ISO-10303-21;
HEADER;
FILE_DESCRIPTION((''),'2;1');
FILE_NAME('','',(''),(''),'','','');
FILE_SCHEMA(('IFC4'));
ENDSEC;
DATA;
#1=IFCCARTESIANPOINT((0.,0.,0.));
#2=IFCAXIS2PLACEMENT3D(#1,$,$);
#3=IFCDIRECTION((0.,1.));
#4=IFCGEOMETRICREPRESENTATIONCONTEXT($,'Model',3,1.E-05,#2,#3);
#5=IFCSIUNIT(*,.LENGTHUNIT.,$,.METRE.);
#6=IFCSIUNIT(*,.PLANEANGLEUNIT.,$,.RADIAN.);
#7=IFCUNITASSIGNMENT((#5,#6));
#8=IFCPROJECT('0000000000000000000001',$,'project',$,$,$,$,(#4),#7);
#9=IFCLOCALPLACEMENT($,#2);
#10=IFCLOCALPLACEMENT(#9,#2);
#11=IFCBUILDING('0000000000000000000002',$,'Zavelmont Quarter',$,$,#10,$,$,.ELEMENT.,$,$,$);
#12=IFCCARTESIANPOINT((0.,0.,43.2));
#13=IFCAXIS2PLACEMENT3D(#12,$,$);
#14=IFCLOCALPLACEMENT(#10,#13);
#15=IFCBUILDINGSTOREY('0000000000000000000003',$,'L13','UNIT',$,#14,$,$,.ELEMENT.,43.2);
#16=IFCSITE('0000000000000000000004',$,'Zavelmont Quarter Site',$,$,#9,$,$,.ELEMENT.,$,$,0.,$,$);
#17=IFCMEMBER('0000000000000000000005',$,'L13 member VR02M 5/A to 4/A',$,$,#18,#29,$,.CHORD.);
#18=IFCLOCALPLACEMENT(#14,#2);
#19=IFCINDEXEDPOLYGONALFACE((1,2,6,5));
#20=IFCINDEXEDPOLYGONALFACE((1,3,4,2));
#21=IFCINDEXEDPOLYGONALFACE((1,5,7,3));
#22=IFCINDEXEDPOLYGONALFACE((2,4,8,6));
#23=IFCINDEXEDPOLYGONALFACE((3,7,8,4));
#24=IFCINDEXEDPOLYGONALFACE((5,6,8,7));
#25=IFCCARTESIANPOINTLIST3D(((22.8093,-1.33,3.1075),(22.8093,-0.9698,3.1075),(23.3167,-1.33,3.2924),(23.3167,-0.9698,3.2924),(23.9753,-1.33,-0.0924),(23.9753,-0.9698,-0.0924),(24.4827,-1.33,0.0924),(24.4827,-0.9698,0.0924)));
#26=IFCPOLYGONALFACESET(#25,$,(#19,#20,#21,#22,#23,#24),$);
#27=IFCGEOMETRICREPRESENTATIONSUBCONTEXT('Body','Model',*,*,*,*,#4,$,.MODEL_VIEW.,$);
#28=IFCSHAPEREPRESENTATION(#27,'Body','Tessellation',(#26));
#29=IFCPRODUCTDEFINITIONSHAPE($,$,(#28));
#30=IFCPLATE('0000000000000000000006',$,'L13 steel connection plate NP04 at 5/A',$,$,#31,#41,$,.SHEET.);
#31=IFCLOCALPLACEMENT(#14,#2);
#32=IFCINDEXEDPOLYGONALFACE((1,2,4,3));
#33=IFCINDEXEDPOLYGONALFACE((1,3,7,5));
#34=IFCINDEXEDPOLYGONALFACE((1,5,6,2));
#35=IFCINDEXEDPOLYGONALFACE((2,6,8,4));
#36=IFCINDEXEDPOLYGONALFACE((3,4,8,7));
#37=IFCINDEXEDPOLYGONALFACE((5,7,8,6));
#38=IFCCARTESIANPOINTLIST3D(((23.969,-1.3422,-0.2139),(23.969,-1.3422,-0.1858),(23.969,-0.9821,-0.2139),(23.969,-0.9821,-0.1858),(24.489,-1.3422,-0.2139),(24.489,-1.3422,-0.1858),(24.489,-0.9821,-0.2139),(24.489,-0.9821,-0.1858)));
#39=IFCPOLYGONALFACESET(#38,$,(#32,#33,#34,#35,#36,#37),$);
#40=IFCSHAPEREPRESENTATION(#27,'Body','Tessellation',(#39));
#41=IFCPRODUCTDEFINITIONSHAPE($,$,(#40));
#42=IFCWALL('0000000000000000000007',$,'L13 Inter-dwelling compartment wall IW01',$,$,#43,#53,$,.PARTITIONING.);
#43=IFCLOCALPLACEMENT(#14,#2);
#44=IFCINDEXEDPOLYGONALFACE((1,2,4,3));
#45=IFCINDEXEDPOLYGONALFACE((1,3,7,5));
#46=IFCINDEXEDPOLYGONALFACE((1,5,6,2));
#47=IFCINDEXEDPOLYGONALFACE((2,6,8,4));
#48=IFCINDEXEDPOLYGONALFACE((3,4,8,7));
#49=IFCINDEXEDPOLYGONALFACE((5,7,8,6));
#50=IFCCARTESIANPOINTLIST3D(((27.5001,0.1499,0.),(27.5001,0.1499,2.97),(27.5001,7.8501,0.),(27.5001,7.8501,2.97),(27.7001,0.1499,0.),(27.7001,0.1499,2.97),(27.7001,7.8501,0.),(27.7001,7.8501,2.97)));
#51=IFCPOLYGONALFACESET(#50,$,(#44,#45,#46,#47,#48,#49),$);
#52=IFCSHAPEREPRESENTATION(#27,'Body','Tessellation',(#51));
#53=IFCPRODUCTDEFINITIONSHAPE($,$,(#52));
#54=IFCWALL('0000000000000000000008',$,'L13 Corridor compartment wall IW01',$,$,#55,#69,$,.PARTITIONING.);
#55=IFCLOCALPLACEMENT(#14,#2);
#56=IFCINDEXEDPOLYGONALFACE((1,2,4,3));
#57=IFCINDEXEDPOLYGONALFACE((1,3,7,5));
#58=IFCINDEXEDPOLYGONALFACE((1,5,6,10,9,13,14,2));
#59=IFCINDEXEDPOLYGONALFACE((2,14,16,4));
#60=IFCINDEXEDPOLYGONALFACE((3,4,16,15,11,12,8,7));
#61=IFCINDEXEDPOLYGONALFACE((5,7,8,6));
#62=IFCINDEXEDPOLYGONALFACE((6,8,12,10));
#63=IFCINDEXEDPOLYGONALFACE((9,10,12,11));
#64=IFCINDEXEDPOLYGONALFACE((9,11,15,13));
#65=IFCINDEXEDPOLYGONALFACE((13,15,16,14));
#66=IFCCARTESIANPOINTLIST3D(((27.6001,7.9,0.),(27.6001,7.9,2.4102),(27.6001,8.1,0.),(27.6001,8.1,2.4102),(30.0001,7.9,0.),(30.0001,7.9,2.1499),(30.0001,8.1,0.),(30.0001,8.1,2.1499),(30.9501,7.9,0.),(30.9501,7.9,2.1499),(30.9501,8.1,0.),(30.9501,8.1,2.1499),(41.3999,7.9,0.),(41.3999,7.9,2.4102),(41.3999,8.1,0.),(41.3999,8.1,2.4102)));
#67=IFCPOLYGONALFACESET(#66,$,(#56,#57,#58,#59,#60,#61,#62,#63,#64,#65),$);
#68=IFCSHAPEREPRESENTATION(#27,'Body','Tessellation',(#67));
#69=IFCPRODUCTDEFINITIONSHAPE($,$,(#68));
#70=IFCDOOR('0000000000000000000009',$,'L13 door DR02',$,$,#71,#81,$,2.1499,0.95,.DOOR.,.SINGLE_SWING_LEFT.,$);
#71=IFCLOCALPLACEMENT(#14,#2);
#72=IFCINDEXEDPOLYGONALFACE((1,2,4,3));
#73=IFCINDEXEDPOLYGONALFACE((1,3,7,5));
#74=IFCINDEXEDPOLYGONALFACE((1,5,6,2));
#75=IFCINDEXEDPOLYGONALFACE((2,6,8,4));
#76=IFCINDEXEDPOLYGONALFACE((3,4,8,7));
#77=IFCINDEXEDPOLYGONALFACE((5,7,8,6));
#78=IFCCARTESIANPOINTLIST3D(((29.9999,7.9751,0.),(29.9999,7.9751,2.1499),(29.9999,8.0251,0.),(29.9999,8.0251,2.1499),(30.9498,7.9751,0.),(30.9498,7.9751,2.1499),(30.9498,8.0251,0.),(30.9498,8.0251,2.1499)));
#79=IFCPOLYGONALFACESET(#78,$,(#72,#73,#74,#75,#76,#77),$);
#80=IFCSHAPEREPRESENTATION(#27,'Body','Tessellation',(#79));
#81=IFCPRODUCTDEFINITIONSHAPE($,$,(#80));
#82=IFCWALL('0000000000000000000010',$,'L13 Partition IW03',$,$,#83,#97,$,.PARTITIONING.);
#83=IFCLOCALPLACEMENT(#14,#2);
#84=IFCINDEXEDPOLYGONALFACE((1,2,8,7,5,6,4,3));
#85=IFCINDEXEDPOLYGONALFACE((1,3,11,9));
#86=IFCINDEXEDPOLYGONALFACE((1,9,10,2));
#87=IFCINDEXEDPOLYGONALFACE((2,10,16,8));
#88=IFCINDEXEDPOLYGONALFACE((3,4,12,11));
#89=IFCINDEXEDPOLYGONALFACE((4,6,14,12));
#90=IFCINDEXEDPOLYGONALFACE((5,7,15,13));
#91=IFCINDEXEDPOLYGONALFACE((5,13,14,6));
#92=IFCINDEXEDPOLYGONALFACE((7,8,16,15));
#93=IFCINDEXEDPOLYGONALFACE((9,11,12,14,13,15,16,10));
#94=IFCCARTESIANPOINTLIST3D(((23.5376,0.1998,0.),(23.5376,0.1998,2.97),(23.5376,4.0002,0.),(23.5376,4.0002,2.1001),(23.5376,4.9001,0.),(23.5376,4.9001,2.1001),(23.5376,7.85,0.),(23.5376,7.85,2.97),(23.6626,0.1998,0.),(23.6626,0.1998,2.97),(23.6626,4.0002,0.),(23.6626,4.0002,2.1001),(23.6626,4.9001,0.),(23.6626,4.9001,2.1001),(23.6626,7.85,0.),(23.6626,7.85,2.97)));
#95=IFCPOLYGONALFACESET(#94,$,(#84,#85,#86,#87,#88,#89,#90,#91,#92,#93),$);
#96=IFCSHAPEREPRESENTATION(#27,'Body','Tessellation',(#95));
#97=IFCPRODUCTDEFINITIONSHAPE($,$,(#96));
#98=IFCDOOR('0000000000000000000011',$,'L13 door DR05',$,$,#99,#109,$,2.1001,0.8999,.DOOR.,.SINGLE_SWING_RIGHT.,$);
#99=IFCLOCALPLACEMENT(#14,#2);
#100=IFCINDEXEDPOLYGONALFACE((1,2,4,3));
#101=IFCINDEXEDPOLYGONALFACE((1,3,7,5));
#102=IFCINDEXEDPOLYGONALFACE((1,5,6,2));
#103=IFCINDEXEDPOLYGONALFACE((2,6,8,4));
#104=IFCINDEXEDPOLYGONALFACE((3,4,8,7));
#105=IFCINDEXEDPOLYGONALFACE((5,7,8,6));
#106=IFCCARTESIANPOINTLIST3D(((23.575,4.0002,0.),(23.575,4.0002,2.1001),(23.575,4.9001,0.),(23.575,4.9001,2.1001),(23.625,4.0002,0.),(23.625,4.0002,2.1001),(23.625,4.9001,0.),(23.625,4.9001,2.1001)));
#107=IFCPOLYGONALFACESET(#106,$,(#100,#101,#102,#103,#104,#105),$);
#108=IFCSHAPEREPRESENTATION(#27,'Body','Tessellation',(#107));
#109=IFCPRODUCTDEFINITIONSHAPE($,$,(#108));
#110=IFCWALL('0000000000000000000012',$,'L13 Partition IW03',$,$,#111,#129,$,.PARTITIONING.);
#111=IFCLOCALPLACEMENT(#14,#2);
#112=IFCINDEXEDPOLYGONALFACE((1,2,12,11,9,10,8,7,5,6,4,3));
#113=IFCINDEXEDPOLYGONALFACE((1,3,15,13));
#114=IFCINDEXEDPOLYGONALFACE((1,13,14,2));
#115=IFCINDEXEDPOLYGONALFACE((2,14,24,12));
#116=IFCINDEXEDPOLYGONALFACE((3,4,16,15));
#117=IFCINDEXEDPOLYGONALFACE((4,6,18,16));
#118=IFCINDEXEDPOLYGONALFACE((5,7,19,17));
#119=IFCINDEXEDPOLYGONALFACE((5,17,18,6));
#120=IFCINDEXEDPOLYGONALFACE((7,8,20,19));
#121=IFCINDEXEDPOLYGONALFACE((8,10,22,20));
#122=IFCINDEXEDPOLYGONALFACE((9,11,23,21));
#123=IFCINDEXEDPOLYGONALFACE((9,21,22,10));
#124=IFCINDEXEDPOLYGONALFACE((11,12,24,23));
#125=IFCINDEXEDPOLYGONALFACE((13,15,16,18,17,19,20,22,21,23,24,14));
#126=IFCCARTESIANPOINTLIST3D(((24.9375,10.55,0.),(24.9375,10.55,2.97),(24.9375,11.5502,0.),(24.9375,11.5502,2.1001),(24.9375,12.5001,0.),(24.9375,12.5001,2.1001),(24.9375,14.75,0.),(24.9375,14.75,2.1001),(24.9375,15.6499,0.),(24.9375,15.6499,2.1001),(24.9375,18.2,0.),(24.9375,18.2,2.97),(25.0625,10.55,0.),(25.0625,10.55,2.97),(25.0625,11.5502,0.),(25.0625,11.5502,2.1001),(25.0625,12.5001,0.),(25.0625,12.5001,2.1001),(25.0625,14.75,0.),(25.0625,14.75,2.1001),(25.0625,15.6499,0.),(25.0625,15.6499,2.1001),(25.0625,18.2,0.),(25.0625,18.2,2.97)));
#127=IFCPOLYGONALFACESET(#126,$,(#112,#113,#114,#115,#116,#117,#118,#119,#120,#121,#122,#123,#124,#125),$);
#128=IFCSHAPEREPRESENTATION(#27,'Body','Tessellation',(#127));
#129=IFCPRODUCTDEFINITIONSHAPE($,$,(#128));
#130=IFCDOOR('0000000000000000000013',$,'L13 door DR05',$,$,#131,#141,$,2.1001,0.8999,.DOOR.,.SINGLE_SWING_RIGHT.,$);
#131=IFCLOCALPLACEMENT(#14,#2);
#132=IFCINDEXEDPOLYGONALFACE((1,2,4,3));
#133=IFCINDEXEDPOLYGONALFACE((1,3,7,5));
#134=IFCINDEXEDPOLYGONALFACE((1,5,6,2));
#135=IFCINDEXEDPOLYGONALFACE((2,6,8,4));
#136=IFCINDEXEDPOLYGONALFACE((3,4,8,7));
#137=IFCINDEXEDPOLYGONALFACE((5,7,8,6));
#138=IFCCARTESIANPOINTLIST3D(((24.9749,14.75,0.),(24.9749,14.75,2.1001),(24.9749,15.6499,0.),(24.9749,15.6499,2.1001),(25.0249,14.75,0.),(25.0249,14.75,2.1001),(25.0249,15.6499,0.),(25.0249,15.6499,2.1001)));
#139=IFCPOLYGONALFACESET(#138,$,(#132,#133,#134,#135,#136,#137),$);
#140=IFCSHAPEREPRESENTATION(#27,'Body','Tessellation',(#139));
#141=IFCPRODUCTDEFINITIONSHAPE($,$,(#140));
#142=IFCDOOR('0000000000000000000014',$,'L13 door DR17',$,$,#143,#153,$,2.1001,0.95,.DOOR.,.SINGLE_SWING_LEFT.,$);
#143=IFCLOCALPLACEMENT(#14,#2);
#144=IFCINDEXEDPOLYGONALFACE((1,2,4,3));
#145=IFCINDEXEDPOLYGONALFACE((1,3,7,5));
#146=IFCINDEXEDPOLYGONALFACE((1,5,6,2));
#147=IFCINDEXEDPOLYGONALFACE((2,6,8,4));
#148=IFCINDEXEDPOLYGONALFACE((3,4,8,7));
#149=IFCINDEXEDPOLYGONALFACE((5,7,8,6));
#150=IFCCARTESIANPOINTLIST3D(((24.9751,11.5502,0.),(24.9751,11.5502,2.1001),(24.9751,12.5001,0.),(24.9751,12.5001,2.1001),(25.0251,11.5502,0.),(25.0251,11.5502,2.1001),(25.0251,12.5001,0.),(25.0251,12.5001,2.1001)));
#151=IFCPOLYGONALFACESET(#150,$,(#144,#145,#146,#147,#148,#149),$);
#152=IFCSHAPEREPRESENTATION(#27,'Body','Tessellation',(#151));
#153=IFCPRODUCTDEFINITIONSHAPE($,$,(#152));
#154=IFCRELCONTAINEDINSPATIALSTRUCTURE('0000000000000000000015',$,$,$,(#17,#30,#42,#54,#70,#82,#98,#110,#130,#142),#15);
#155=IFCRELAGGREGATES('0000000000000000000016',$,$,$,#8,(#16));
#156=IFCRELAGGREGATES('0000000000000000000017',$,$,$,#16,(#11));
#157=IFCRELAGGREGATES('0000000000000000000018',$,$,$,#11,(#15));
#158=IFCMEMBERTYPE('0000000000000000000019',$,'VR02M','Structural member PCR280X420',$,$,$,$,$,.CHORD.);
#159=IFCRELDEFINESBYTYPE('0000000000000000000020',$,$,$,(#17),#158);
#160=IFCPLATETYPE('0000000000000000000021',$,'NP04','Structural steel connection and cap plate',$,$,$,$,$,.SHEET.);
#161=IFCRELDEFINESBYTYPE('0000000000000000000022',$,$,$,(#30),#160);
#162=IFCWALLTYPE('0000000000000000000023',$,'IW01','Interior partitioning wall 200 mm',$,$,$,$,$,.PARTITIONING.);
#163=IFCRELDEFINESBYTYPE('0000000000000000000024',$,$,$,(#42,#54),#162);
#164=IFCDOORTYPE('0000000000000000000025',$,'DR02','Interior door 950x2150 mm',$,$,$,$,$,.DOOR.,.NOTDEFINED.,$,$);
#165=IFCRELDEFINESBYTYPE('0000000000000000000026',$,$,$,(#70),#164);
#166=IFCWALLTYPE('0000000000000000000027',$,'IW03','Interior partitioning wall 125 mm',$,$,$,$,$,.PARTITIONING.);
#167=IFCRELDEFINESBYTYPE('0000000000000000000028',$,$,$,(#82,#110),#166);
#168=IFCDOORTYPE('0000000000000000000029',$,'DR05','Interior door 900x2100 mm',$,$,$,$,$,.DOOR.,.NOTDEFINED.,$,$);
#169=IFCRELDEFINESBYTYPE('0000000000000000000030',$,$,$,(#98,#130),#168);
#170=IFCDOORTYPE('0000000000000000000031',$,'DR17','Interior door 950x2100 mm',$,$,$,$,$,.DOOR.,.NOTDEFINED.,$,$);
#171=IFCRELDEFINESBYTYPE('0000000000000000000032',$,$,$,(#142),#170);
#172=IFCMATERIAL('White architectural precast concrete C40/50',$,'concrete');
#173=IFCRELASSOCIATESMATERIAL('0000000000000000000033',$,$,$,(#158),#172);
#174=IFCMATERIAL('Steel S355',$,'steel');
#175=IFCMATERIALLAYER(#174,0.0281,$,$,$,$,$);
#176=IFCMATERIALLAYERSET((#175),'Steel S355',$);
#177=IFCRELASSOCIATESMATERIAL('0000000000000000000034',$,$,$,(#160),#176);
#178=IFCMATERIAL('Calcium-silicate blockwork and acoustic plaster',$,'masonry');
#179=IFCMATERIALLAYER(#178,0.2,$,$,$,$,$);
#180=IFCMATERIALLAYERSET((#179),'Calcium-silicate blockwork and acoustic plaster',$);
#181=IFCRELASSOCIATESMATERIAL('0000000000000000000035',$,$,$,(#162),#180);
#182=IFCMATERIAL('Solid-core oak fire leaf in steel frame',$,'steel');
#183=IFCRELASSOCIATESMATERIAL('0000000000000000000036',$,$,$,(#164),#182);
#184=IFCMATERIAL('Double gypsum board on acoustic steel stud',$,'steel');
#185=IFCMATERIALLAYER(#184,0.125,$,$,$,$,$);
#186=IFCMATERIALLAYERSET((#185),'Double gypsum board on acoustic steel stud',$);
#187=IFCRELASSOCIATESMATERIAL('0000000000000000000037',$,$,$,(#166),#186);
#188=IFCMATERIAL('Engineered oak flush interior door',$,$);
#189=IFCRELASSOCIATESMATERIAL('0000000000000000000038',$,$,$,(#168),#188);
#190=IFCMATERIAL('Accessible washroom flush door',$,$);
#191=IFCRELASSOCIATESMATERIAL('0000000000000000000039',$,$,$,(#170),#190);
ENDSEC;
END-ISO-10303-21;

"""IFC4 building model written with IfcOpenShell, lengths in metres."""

from ifc_helpers import new_model, si_unit, direction, frame, frame_2d, origin, origin_with_axes, origin_2d, place, context, subcontext, project, spatial, rectangle, extrude, material, layer, layer_set, material_profile, profile_set, type_object, element, fill, save


model = new_model("IFC4")

# Units and contexts
model_context = context("Model", 3, precision=1e-05, world=origin(), true_north=direction((0.0, 1.0)))
body_context = subcontext(model_context, "Body", "Model", "MODEL_VIEW")
ifc_project = project(units=[si_unit("LENGTHUNIT", "METRE"), si_unit("PLANEANGLEUNIT", "RADIAN")], contexts=[model_context])

# Site, building, storey
site_placement = place(None, origin())
site = spatial("IfcSite", under=ifc_project, at=site_placement, Name="Zavelmont Quarter Site", CompositionType="ELEMENT", RefElevation=0.0)
building_placement = place(site_placement, origin())
building = spatial("IfcBuilding", under=site, at=building_placement, Name="Zavelmont Quarter", CompositionType="ELEMENT")
storey_placement = place(building_placement, frame((0.0, 0.0, 43.2)))
storey = spatial("IfcBuildingStorey", under=building, at=storey_placement, Name="L13", Description="UNIT", CompositionType="ELEMENT", Elevation=43.2)

# Shared definitions
ifc_material_1 = material(Name="Steel S355", Category="steel")

# Member
ifc_material_2 = material(Name="White architectural precast concrete C40/50", Category="concrete")
ifc_material_profile_1 = material_profile(ifc_material_2, rectangle(XDim=0.3601, YDim=0.54, at=origin_2d()), Name="PCR280X420")
ifc_profile_set_1 = profile_set([ifc_material_profile_1], Name="White architectural precast concrete C40/50")
member_type = type_object("IfcMemberType", Name="VR02M", Description="Structural member PCR280X420", PredefinedType="CHORD", material=ifc_profile_set_1)
member_placement = place(storey_placement, frame((24.229, -1.1499, 0.0), z_axis=(-0.342365, 0.0, 0.939567), x_axis=(0.0, -1.0, 0.0)))
element("IfcMember", 1, at=member_placement, inside=storey, type_object=member_type, Name="L13 member VR02M 5/A to 4/A", PredefinedType="CHORD", context=body_context, shape_type="SweptSolid", body=[
    extrude(rectangle(XDim=0.3601, YDim=0.54, at=origin_2d()), origin(), (0.0, 0.0, 1.0), 3.4058),
])

# Plate
ifc_layer_1 = layer(ifc_material_1, 0.0281)
ifc_layer_set_1 = layer_set([ifc_layer_1], Name="Steel S355")
plate_type = type_object("IfcPlateType", Name="NP04", Description="Structural steel connection and cap plate", PredefinedType="SHEET", material=ifc_layer_set_1)
plate_placement = place(storey_placement, frame((24.229, -1.1621, -0.2139), z_axis=(0.0, 0.0, 1.0), x_axis=(1.0, 0.0, 0.0)))
element("IfcPlate", 2, at=plate_placement, inside=storey, type_object=plate_type, Name="L13 steel connection plate NP04 at 5/A", PredefinedType="SHEET", context=body_context, shape_type="SweptSolid", body=[
    extrude(rectangle(XDim=0.52, YDim=0.3601, at=origin_2d()), origin(), (0.0, 0.0, 1.0), 0.0281),
])

# Wall
ifc_material_3 = material(Name="Calcium-silicate blockwork and acoustic plaster", Category="masonry")
ifc_layer_2 = layer(ifc_material_3, 0.2)
ifc_layer_set_2 = layer_set([ifc_layer_2], Name="Calcium-silicate blockwork and acoustic plaster")
wall_type_1 = type_object("IfcWallType", Name="IW01", Description="Interior partitioning wall 200 mm", PredefinedType="PARTITIONING", material=ifc_layer_set_2)
wall_1_placement = place(storey_placement, frame((27.6001, 7.8501, 0.0), z_axis=(0.0, 0.0, 1.0), x_axis=(0.0, -1.0, 0.0)))
element("IfcWall", 3, at=wall_1_placement, inside=storey, type_object=wall_type_1, Name="L13 Inter-dwelling compartment wall IW01", PredefinedType="PARTITIONING", context=body_context, shape_type="SweptSolid", body=[
    extrude(rectangle(XDim=7.7002, YDim=0.2, at=frame_2d((3.8501, 0.0))), origin(), (0.0, 0.0, 1.0), 2.97),
])

# Walls, openings, doors
wall_2_placement = place(storey_placement, frame((27.6001, 8.0, 0.0), z_axis=(0.0, 0.0, 1.0), x_axis=(1.0, 0.0, 0.0)))
wall_2 = element("IfcWall", 4, at=wall_2_placement, inside=storey, type_object=wall_type_1, Name="L13 Corridor compartment wall IW01", PredefinedType="PARTITIONING", context=body_context, shape_type="SweptSolid", body=[
    extrude(rectangle(XDim=13.7998, YDim=0.2, at=frame_2d((6.8999, 0.0))), origin(), (0.0, 0.0, 1.0), 2.4102),
])
opening_1_placement = place(wall_2_placement, frame((2.3999, 0.0, 0.0)))
opening_1 = element("IfcOpeningElement", 5, at=opening_1_placement, cuts=wall_2, PredefinedType="OPENING", context=body_context, shape_type="SweptSolid", body=[
    extrude(rectangle(XDim=0.95, YDim=2.1499, at=frame_2d((0.4751, 1.075))), frame((0.0, 0.1118, 0.0), z_axis=(0.0, -1.0, 0.0), x_axis=(1.0, 0.0, 0.0)), (0.0, 0.0, 1.0), 0.2239),
])
ifc_material_4 = material(Name="Solid-core oak fire leaf in steel frame", Category="steel")
door_type_1 = type_object("IfcDoorType", Name="DR02", Description="Interior door 950x2150 mm", OperationType="NOTDEFINED", PredefinedType="DOOR", material=ifc_material_4)
door_1_placement = place(opening_1_placement, frame((0.95, 0.0, 0.0), z_axis=(0.0, 0.0, 1.0), x_axis=(-1.0, 0.0, 0.0)))
door_1 = element("IfcDoor", 6, at=door_1_placement, inside=storey, type_object=door_type_1, Name="L13 door DR02", OperationType="SINGLE_SWING_LEFT", OverallHeight=2.1499, OverallWidth=0.95, PredefinedType="DOOR", context=body_context, shape_type="SweptSolid", body=[
    extrude(rectangle(XDim=0.95, YDim=2.1499, at=frame_2d((0.4751, 1.075))), frame((0.0, 0.0249, 0.0), z_axis=(0.0, -1.0, 0.0), x_axis=(1.0, 0.0, 0.0)), (0.0, 0.0, 1.0), 0.05),
])
fill(opening_1, door_1)
ifc_material_5 = material(Name="Double gypsum board on acoustic steel stud", Category="steel")
ifc_layer_3 = layer(ifc_material_5, 0.125)
ifc_layer_set_3 = layer_set([ifc_layer_3], Name="Double gypsum board on acoustic steel stud")
wall_type_2 = type_object("IfcWallType", Name="IW03", Description="Interior partitioning wall 125 mm", PredefinedType="PARTITIONING", material=ifc_layer_set_3)
wall_3_placement = place(storey_placement, frame((23.6001, 7.8501, 0.0), z_axis=(0.0, 0.0, 1.0), x_axis=(0.0, -1.0, 0.0)))
wall_3 = element("IfcWall", 7, at=wall_3_placement, inside=storey, type_object=wall_type_2, Name="L13 Partition IW03", PredefinedType="PARTITIONING", context=body_context, shape_type="SweptSolid", body=[
    extrude(rectangle(XDim=7.6501, YDim=0.125, at=frame_2d((3.8252, 0.0))), origin(), (0.0, 0.0, 1.0), 2.97),
])
opening_2_placement = place(wall_3_placement, frame((2.95, 0.0, 0.0)))
opening_2 = element("IfcOpeningElement", 8, at=opening_2_placement, cuts=wall_3, PredefinedType="OPENING", context=body_context, shape_type="SweptSolid", body=[
    extrude(rectangle(XDim=0.8999, YDim=2.1001, at=frame_2d((0.45, 1.05))), frame((0.0, 0.0745, 0.0), z_axis=(0.0, -1.0, 0.0), x_axis=(1.0, 0.0, 0.0)), (0.0, 0.0, 1.0), 0.1489),
])
ifc_material_6 = material(Name="Engineered oak flush interior door")
door_type_2 = type_object("IfcDoorType", Name="DR05", Description="Interior door 900x2100 mm", OperationType="NOTDEFINED", PredefinedType="DOOR", material=ifc_material_6)
door_2_placement = place(opening_2_placement, origin_with_axes())
door_2 = element("IfcDoor", 9, at=door_2_placement, inside=storey, type_object=door_type_2, Name="L13 door DR05", OperationType="SINGLE_SWING_RIGHT", OverallHeight=2.1001, OverallWidth=0.8999, PredefinedType="DOOR", context=body_context, shape_type="SweptSolid", body=[
    extrude(rectangle(XDim=0.8999, YDim=2.1001, at=frame_2d((0.45, 1.05))), frame((0.0, 0.0249, 0.0), z_axis=(0.0, -1.0, 0.0), x_axis=(1.0, 0.0, 0.0)), (0.0, 0.0, 1.0), 0.05),
])
fill(opening_2, door_2)

# Wall, openings, doors
wall_4_placement = place(storey_placement, frame((25.0, 10.55, 0.0), z_axis=(0.0, 0.0, 1.0), x_axis=(0.0, 1.0, 0.0)))
wall_4 = element("IfcWall", 10, at=wall_4_placement, inside=storey, type_object=wall_type_2, Name="L13 Partition IW03", PredefinedType="PARTITIONING", context=body_context, shape_type="SweptSolid", body=[
    extrude(rectangle(XDim=7.6499, YDim=0.125, at=frame_2d((3.825, 0.0))), origin(), (0.0, 0.0, 1.0), 2.97),
])
opening_3_placement = place(wall_4_placement, frame((1.0, 0.0, 0.0)))
opening_3 = element("IfcOpeningElement", 11, at=opening_3_placement, cuts=wall_4, PredefinedType="OPENING", context=body_context, shape_type="SweptSolid", body=[
    extrude(rectangle(XDim=0.95, YDim=2.1001, at=frame_2d((0.4751, 1.05))), frame((0.0, 0.0745, 0.0), z_axis=(0.0, -1.0, 0.0), x_axis=(1.0, 0.0, 0.0)), (0.0, 0.0, 1.0), 0.1489),
])
opening_4_placement = place(wall_4_placement, frame((4.2, 0.0, 0.0)))
opening_4 = element("IfcOpeningElement", 12, at=opening_4_placement, cuts=wall_4, PredefinedType="OPENING", context=body_context, shape_type="SweptSolid", body=[
    extrude(rectangle(XDim=0.8999, YDim=2.1001, at=frame_2d((0.45, 1.05))), frame((0.0, 0.0745, 0.0), z_axis=(0.0, -1.0, 0.0), x_axis=(1.0, 0.0, 0.0)), (0.0, 0.0, 1.0), 0.1489),
])
door_3_placement = place(opening_4_placement, frame((0.8999, 0.0, 0.0), z_axis=(0.0, 0.0, 1.0), x_axis=(-1.0, 0.0, 0.0)))
door_3 = element("IfcDoor", 13, at=door_3_placement, inside=storey, type_object=door_type_2, Name="L13 door DR05", OperationType="SINGLE_SWING_RIGHT", OverallHeight=2.1001, OverallWidth=0.8999, PredefinedType="DOOR", context=body_context, shape_type="SweptSolid", body=[
    extrude(rectangle(XDim=0.8999, YDim=2.1001, at=frame_2d((0.45, 1.05))), frame((0.0, 0.0249, 0.0), z_axis=(0.0, -1.0, 0.0), x_axis=(1.0, 0.0, 0.0)), (0.0, 0.0, 1.0), 0.05),
])
fill(opening_4, door_3)
ifc_material_7 = material(Name="Accessible washroom flush door")
door_type_3 = type_object("IfcDoorType", Name="DR17", Description="Interior door 950x2100 mm", OperationType="NOTDEFINED", PredefinedType="DOOR", material=ifc_material_7)
door_4_placement = place(opening_3_placement, origin_with_axes())
door_4 = element("IfcDoor", 14, at=door_4_placement, inside=storey, type_object=door_type_3, Name="L13 door DR17", OperationType="SINGLE_SWING_LEFT", OverallHeight=2.1001, OverallWidth=0.95, PredefinedType="DOOR", context=body_context, shape_type="SweptSolid", body=[
    extrude(rectangle(XDim=0.95, YDim=2.1001, at=frame_2d((0.4751, 1.05))), frame((0.0, 0.0249, 0.0), z_axis=(0.0, -1.0, 0.0), x_axis=(1.0, 0.0, 0.0)), (0.0, 0.0, 1.0), 0.05),
])
fill(opening_3, door_4)

save(model, "model.ifc")
